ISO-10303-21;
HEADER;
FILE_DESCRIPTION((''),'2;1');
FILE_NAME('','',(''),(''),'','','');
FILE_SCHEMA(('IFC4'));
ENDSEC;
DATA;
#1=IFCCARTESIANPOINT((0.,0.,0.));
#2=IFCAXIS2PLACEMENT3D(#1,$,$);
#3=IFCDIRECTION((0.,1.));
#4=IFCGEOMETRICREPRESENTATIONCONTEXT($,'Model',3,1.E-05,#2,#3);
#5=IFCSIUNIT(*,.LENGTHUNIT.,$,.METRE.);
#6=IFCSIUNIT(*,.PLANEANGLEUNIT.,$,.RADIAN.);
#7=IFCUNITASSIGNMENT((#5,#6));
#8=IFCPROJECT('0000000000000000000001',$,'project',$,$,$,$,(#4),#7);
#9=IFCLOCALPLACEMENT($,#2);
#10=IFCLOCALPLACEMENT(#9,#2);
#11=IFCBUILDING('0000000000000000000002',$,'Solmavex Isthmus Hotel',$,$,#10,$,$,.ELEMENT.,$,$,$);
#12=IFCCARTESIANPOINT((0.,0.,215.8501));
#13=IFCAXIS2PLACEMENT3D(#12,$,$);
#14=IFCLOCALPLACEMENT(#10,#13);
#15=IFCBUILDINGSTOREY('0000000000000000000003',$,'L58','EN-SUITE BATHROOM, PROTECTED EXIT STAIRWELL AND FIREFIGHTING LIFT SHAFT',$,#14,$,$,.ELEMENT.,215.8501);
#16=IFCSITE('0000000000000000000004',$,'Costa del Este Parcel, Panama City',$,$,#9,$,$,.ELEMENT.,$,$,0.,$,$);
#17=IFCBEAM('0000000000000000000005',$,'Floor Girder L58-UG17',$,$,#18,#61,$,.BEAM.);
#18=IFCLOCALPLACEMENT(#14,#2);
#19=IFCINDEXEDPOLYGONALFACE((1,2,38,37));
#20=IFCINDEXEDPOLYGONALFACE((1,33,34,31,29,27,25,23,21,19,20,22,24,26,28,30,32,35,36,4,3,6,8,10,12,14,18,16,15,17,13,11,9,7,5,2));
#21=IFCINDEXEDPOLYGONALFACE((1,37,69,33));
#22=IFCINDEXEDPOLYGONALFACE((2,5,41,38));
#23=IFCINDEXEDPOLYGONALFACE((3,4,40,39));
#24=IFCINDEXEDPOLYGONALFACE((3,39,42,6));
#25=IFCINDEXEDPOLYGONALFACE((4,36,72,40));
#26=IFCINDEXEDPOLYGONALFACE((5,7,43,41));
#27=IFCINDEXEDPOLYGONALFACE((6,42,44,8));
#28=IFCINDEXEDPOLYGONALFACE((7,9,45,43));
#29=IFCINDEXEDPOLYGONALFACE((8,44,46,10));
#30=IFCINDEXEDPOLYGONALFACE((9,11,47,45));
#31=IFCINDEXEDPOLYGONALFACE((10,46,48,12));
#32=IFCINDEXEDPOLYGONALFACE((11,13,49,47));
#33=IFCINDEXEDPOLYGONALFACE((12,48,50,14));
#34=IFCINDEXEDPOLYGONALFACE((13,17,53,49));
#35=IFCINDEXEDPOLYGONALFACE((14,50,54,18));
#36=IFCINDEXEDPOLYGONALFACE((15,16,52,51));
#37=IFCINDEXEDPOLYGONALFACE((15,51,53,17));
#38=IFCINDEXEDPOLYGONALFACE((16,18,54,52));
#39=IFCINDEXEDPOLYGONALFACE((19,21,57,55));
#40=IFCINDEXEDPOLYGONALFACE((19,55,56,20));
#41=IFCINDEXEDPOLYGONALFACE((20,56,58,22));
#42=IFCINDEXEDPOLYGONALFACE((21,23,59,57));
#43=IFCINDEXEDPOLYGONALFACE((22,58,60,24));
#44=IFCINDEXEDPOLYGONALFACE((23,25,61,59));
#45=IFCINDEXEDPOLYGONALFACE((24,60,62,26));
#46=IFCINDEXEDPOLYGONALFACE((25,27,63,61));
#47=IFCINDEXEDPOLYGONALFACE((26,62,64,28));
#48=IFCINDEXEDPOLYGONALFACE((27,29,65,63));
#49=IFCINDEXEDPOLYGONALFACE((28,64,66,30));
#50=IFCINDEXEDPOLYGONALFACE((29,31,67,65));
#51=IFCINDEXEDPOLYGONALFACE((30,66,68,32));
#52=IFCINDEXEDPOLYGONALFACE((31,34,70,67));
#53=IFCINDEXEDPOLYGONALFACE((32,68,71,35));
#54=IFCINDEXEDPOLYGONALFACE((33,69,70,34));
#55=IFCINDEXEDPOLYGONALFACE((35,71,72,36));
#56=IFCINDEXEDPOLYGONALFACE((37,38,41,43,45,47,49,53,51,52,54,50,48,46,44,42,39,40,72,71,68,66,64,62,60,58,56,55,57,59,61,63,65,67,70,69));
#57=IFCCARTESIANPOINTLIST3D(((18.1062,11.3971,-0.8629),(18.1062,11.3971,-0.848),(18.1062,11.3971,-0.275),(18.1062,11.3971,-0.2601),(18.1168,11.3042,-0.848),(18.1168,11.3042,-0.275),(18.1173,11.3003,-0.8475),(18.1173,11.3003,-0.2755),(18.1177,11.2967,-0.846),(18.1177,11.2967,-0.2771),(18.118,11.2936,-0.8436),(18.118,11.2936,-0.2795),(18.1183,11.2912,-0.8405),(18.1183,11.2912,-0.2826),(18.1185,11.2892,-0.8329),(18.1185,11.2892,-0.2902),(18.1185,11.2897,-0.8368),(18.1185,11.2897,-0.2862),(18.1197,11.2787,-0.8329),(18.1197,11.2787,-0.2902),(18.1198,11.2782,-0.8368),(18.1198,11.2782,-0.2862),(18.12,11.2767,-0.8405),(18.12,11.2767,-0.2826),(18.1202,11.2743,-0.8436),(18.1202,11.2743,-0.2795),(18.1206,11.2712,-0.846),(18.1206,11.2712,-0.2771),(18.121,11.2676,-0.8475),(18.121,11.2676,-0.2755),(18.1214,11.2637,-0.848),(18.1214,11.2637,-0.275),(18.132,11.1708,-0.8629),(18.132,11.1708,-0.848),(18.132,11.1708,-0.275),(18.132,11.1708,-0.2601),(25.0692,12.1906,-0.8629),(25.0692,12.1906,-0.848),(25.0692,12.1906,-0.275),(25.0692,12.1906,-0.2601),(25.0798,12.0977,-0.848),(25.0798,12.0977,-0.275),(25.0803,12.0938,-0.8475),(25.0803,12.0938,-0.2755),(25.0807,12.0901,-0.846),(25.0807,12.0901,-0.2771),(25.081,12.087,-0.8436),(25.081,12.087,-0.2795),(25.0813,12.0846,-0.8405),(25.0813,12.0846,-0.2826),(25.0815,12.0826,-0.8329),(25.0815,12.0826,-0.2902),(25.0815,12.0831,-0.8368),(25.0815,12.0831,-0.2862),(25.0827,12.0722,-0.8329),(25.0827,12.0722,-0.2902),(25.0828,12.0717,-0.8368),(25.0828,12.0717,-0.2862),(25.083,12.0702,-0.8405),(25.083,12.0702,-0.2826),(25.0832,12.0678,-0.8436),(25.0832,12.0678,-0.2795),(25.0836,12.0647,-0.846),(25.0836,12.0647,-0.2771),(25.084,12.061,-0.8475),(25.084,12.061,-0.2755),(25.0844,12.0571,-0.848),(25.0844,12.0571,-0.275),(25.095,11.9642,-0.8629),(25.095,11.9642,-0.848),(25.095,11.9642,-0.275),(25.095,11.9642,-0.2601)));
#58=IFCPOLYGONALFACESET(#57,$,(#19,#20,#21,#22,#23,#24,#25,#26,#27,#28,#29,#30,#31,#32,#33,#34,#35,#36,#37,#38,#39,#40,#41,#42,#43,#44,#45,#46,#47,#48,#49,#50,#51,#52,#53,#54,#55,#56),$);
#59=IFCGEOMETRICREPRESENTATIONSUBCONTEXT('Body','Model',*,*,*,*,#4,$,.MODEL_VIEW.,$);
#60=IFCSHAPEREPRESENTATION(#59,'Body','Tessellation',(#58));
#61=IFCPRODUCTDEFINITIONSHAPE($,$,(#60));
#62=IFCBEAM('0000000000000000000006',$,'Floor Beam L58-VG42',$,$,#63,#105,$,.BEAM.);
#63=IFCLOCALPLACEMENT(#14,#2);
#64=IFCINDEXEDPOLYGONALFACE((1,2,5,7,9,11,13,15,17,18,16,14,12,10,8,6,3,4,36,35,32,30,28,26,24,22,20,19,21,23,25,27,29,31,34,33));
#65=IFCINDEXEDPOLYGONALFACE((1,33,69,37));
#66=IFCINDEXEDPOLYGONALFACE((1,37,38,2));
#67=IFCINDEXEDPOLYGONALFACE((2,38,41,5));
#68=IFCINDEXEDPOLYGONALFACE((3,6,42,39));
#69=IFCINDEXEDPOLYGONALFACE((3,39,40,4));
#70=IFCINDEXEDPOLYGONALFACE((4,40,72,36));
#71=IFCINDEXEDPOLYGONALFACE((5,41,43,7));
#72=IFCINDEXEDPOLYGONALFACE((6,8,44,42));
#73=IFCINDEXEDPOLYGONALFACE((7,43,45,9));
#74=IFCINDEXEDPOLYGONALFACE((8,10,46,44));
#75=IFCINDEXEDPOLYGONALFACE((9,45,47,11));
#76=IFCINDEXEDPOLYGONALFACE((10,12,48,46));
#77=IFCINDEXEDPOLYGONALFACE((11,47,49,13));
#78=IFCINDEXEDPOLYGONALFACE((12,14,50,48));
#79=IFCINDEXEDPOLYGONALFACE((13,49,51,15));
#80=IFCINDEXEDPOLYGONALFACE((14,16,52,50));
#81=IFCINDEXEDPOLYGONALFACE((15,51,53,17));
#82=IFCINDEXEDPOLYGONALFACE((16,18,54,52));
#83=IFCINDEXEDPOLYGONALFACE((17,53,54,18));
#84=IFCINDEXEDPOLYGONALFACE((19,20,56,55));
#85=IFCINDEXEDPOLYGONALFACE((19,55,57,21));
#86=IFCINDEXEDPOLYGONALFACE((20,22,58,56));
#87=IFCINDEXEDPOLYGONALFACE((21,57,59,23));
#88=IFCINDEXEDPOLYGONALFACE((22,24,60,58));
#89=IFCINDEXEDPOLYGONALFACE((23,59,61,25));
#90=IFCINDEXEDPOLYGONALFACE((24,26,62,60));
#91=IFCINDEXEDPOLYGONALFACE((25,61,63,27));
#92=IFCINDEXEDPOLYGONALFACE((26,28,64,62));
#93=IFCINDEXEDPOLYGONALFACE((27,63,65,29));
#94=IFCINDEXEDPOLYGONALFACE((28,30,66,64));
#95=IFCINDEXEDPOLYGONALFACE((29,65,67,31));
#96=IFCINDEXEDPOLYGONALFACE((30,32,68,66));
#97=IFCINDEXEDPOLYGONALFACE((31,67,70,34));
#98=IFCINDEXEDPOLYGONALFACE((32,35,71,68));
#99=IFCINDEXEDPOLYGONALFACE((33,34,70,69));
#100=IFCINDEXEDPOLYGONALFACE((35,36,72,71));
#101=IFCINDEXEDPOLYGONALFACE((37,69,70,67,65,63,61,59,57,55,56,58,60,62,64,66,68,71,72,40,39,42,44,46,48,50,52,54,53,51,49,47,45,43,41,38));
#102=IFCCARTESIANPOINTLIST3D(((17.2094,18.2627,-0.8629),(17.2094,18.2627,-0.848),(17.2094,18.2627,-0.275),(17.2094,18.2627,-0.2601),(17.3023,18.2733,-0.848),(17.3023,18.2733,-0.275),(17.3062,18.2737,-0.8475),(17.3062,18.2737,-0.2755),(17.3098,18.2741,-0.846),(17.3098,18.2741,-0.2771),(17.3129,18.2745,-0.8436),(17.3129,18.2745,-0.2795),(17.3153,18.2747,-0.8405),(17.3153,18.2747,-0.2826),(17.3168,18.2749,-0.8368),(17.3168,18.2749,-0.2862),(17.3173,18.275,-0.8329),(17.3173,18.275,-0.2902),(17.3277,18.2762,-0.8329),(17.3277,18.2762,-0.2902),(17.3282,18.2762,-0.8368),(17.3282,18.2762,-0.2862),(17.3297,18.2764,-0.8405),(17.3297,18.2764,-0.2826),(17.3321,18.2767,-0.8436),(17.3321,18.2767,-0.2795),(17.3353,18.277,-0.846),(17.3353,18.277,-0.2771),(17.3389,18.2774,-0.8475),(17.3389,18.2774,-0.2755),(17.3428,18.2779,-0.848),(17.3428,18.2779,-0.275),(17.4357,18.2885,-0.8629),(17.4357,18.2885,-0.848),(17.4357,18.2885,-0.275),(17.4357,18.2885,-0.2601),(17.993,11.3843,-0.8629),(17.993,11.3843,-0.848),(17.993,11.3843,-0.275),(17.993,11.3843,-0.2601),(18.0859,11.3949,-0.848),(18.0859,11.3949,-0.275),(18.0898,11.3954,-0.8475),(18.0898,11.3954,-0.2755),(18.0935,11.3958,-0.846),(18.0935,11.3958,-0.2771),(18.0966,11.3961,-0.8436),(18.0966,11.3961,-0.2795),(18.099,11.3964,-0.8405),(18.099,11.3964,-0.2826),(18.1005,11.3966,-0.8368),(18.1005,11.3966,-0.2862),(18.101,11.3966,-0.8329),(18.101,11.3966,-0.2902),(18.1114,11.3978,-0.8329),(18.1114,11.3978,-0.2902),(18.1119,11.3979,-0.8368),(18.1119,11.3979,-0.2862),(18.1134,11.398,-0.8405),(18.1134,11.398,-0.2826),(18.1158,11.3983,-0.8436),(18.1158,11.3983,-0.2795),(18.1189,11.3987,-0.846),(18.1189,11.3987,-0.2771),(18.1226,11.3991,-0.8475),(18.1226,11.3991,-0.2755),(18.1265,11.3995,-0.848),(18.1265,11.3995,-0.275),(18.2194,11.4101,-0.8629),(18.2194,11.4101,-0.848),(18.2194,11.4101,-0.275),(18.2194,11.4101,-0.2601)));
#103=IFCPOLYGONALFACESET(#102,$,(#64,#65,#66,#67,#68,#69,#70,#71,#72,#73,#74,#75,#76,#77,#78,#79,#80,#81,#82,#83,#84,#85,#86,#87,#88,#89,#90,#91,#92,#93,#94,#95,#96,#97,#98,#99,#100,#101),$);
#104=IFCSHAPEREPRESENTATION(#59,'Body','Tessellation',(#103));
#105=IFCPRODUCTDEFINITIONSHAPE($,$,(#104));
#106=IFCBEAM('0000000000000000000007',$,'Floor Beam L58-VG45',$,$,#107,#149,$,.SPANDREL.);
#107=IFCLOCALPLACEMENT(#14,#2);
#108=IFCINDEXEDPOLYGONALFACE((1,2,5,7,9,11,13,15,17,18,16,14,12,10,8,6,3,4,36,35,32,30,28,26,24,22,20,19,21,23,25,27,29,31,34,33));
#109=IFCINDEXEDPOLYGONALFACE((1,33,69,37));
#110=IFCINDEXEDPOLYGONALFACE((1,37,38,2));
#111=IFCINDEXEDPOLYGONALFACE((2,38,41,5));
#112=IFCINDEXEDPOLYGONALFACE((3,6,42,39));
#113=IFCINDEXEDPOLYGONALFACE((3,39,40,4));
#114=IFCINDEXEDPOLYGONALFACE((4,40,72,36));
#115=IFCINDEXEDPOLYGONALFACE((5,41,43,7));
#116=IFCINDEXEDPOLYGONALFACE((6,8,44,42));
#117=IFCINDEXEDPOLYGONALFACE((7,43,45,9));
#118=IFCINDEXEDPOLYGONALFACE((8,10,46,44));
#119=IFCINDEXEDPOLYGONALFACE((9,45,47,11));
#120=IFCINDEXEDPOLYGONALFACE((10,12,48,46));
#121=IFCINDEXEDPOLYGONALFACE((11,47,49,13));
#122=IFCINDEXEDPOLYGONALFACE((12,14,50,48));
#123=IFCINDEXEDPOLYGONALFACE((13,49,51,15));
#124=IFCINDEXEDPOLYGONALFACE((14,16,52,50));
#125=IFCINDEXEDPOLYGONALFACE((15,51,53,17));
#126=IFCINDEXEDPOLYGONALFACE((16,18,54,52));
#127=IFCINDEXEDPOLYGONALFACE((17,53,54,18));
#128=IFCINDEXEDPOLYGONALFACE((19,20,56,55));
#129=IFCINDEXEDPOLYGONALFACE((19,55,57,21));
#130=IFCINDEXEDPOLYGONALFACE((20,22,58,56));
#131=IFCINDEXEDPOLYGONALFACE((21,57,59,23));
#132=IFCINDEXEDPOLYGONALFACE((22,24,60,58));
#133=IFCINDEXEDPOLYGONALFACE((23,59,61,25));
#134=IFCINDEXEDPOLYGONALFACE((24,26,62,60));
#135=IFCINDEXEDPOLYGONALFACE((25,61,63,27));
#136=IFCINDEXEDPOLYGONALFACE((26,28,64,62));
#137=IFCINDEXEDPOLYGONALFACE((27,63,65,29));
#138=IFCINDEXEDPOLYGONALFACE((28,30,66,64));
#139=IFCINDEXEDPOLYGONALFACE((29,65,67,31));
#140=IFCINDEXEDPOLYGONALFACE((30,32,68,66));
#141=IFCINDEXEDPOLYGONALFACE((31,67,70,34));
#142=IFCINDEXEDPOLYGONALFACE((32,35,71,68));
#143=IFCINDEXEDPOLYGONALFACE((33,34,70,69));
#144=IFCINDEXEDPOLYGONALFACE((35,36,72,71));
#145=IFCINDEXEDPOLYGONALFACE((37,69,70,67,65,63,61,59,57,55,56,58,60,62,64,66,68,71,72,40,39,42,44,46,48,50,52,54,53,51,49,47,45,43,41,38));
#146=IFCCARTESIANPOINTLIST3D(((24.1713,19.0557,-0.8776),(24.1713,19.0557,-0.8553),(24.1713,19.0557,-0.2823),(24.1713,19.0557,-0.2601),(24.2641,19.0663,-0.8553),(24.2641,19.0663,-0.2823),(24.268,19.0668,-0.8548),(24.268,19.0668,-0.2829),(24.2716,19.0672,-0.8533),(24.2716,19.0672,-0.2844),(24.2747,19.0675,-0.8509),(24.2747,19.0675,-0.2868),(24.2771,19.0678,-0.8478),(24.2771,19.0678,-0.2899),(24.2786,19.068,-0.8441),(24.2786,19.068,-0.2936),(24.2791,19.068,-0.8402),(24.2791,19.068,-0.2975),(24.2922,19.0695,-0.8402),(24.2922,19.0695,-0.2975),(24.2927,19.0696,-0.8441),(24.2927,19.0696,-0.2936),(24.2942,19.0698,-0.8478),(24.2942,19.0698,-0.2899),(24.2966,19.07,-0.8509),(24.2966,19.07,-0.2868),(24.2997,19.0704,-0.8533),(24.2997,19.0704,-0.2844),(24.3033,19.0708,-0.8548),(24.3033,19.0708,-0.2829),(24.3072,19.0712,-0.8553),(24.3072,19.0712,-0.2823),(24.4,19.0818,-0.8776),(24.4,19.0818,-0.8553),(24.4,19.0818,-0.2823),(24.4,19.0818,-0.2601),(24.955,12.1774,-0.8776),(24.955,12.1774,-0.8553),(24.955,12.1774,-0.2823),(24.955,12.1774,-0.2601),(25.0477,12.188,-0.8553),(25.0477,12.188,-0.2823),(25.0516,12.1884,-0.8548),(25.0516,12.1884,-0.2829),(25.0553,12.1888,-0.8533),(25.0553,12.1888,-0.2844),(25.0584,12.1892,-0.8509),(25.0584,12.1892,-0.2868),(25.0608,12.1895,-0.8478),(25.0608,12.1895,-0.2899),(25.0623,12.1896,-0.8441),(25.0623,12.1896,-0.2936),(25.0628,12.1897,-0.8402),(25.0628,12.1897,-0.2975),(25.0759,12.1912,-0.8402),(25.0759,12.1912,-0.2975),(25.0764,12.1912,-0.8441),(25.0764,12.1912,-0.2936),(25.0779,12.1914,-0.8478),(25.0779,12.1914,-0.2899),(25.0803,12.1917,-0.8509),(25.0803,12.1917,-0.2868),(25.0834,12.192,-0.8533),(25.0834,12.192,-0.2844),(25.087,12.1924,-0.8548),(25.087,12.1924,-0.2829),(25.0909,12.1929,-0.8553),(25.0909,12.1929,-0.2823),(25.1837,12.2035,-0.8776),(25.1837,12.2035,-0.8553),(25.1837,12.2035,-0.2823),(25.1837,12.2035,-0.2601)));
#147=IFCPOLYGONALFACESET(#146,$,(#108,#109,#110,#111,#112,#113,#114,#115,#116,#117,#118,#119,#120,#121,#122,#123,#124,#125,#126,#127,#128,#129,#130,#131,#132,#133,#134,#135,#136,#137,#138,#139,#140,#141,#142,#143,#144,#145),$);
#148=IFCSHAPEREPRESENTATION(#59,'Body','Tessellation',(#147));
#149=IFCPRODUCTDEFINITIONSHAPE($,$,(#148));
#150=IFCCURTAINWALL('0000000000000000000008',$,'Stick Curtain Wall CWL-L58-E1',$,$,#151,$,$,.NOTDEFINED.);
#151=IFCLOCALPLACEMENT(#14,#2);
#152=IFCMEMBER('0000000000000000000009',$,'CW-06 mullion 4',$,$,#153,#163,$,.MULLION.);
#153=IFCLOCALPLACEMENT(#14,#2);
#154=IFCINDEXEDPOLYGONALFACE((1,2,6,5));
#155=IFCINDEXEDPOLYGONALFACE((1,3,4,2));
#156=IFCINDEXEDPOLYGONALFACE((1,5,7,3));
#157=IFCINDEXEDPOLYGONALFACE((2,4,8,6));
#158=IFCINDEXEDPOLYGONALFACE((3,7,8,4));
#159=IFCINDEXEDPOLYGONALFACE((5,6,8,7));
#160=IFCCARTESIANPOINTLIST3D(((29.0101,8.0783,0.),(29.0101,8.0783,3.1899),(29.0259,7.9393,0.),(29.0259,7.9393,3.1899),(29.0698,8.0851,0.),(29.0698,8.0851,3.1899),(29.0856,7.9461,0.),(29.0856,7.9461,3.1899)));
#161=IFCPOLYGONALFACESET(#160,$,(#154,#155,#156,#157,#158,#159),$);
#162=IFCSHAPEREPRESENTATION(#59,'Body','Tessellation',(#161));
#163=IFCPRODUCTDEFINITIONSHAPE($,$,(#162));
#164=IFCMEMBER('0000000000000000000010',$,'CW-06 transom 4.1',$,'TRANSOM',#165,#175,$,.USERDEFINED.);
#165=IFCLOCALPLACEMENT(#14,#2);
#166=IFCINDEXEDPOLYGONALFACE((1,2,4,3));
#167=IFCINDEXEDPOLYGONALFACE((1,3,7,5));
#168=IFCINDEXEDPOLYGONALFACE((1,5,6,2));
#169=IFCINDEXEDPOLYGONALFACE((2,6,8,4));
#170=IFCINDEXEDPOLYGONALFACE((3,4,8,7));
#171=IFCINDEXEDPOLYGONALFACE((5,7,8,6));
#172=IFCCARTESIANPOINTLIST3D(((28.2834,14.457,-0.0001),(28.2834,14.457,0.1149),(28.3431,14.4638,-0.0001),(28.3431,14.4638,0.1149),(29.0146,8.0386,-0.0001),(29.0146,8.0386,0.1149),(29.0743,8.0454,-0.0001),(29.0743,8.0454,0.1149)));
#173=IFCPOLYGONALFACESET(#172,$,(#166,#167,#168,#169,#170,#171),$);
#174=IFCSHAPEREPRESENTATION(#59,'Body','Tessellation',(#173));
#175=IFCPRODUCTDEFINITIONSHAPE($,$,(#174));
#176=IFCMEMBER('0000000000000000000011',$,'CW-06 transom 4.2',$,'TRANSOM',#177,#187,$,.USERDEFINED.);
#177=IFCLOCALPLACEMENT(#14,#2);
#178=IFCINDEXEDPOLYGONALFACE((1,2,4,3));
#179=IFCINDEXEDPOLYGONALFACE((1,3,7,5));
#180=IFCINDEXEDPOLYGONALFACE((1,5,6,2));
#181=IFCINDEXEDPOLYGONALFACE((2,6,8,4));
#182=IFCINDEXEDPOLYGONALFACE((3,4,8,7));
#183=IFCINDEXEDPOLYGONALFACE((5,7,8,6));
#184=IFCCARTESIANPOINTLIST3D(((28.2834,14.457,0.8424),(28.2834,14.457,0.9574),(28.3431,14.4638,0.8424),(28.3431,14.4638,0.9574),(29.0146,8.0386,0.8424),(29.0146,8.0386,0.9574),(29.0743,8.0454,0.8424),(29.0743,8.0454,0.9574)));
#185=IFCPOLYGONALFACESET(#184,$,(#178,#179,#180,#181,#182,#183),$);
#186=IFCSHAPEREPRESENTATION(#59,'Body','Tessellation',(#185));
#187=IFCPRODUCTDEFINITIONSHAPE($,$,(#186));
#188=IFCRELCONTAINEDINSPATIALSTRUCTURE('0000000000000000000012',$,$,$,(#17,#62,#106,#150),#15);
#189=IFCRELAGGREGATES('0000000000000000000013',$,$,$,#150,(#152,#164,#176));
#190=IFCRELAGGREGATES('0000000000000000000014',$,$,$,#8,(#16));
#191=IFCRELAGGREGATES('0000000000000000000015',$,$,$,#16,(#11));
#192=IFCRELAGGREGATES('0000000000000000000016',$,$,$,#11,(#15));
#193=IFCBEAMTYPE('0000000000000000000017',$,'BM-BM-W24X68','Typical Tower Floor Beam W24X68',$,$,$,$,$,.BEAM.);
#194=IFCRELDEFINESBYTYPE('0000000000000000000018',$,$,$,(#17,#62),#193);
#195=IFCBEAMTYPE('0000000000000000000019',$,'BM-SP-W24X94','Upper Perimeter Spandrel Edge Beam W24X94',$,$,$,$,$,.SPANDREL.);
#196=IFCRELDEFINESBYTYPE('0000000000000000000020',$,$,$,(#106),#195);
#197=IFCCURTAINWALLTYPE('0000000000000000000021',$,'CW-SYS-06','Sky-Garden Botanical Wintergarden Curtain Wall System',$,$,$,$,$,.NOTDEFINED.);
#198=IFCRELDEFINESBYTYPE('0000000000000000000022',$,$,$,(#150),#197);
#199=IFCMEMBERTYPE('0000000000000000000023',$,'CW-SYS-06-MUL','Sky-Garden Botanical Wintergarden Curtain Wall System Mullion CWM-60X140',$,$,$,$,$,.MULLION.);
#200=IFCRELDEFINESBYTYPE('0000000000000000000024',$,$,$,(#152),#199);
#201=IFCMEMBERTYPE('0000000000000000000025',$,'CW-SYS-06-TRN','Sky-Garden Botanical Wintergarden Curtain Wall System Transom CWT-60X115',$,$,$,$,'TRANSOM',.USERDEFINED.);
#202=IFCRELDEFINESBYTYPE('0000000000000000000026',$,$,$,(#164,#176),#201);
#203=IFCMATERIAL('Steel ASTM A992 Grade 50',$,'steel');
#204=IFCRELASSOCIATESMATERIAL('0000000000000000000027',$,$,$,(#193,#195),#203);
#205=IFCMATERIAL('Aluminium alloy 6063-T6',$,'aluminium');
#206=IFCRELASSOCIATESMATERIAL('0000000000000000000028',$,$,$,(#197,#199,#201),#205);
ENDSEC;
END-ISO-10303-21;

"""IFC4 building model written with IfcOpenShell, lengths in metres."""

from ifc_helpers import new_model, si_unit, direction, frame, origin, origin_2d, place, context, subcontext, project, spatial, rectangle, i_section, extrude, material, material_profile, profile_set, type_object, element, aggregate, save


model = new_model("IFC4")

# Units and contexts
model_context = context("Model", 3, precision=1e-05, world=origin(), true_north=direction((0.0, 1.0)))
body_context = subcontext(model_context, "Body", "Model", "MODEL_VIEW")
ifc_project = project(units=[si_unit("LENGTHUNIT", "METRE"), si_unit("PLANEANGLEUNIT", "RADIAN")], contexts=[model_context])

# Site, building, storey
site_placement = place(None, origin())
site = spatial("IfcSite", under=ifc_project, at=site_placement, Name="Costa del Este Parcel, Panama City", CompositionType="ELEMENT", RefElevation=0.0)
building_placement = place(site_placement, origin())
building = spatial("IfcBuilding", under=site, at=building_placement, Name="Solmavex Isthmus Hotel", CompositionType="ELEMENT")
storey_placement = place(building_placement, frame((0.0, 0.0, 215.8501)))
storey = spatial("IfcBuildingStorey", under=building, at=storey_placement, Name="L58", Description="EN-SUITE BATHROOM, PROTECTED EXIT STAIRWELL AND FIREFIGHTING LIFT SHAFT", CompositionType="ELEMENT", Elevation=215.8501)

# Beams
ifc_material_1 = material(Name="Steel ASTM A992 Grade 50", Category="steel")
ifc_material_profile_1 = material_profile(ifc_material_1, i_section(OverallWidth=0.2278, OverallDepth=0.6028, WebThickness=0.0105, FlangeThickness=0.0149, FilletRadius=0.0151, at=origin_2d()), Name="W24X68")
ifc_profile_set_1 = profile_set([ifc_material_profile_1], Name="Steel ASTM A992 Grade 50")
beam_type_1 = type_object("IfcBeamType", Name="BM-BM-W24X68", Description="Typical Tower Floor Beam W24X68", PredefinedType="BEAM", material=ifc_profile_set_1)
beam_1_placement = place(storey_placement, frame((18.1191, 11.2839, -0.5615), z_axis=(0.99357, 0.113222, 0.0), x_axis=(-0.113222, 0.99357, 0.0)))
element("IfcBeam", 1, at=beam_1_placement, inside=storey, type_object=beam_type_1, Name="Floor Girder L58-UG17", PredefinedType="BEAM", context=body_context, shape_type="SweptSolid", body=[
    extrude(i_section(OverallWidth=0.2278, OverallDepth=0.6028, WebThickness=0.0105, FlangeThickness=0.0149, FilletRadius=0.0151, at=origin_2d()), origin(), (0.0, 0.0, 1.0), 7.0081),
])
beam_2_placement = place(storey_placement, frame((18.1062, 11.3972, -0.5615), z_axis=(-0.113202, 0.993572, 0.0), x_axis=(-0.993572, -0.113202, 0.0)))
element("IfcBeam", 2, at=beam_2_placement, inside=storey, type_object=beam_type_1, Name="Floor Beam L58-VG42", PredefinedType="BEAM", context=body_context, shape_type="SweptSolid", body=[
    extrude(i_section(OverallWidth=0.2278, OverallDepth=0.6028, WebThickness=0.0105, FlangeThickness=0.0149, FilletRadius=0.0151, at=origin_2d()), origin(), (0.0, 0.0, 1.0), 6.9229),
])
ifc_material_profile_2 = material_profile(ifc_material_1, i_section(OverallWidth=0.2302, OverallDepth=0.6174, WebThickness=0.0132, FlangeThickness=0.0222, FilletRadius=0.0151, at=origin_2d()), Name="W24X94")
ifc_profile_set_2 = profile_set([ifc_material_profile_2], Name="Steel ASTM A992 Grade 50")
beam_type_2 = type_object("IfcBeamType", Name="BM-SP-W24X94", Description="Upper Perimeter Spandrel Edge Beam W24X94", PredefinedType="SPANDREL", material=ifc_profile_set_2)
beam_3_placement = place(storey_placement, frame((25.0693, 12.1904, -0.5688), z_axis=(-0.113202, 0.993572, 0.0), x_axis=(-0.993572, -0.113202, 0.0)))
element("IfcBeam", 3, at=beam_3_placement, inside=storey, type_object=beam_type_2, Name="Floor Beam L58-VG45", PredefinedType="SPANDREL", context=body_context, shape_type="SweptSolid", body=[
    extrude(i_section(OverallWidth=0.2302, OverallDepth=0.6174, WebThickness=0.0132, FlangeThickness=0.0222, FilletRadius=0.0151, at=origin_2d()), origin(), (0.0, 0.0, 1.0), 6.9229),
])

# Curtain wall, members
ifc_material_2 = material(Name="Aluminium alloy 6063-T6", Category="aluminium")
curtain_wall_type = type_object("IfcCurtainWallType", Name="CW-SYS-06", Description="Sky-Garden Botanical Wintergarden Curtain Wall System", PredefinedType="NOTDEFINED", material=ifc_material_2)
curtain_wall_placement = place(storey_placement, origin())
curtain_wall = element("IfcCurtainWall", 4, at=curtain_wall_placement, inside=storey, type_object=curtain_wall_type, Name="Stick Curtain Wall CWL-L58-E1", PredefinedType="NOTDEFINED")
ifc_material_profile_3 = material_profile(ifc_material_2, rectangle(XDim=0.0601, YDim=0.1399, at=origin_2d()), Name="CWM-60X140")
ifc_profile_set_3 = profile_set([ifc_material_profile_3], Name="Aluminium alloy 6063-T6")
member_type_1 = type_object("IfcMemberType", Name="CW-SYS-06-MUL", Description="Sky-Garden Botanical Wintergarden Curtain Wall System Mullion CWM-60X140", PredefinedType="MULLION", material=ifc_profile_set_3)
member_1_placement = place(storey_placement, frame((29.0479, 8.0122, 0.0), z_axis=(0.0, 0.0, 1.0), x_axis=(-0.993572, -0.113203, 0.0)))
member_1 = element("IfcMember", 5, at=member_1_placement, type_object=member_type_1, Name="CW-06 mullion 4", PredefinedType="MULLION", context=body_context, shape_type="SweptSolid", body=[
    extrude(rectangle(XDim=0.0601, YDim=0.1399, at=origin_2d()), origin(), (0.0, 0.0, 1.0), 3.1899),
])
ifc_material_profile_4 = material_profile(ifc_material_2, rectangle(XDim=0.0601, YDim=0.115, at=origin_2d()), Name="CWT-60X115")
ifc_profile_set_4 = profile_set([ifc_material_profile_4], Name="Aluminium alloy 6063-T6")
member_type_2 = type_object("IfcMemberType", Name="CW-SYS-06-TRN", Description="Sky-Garden Botanical Wintergarden Curtain Wall System Transom CWT-60X115", ElementType="TRANSOM", PredefinedType="USERDEFINED", material=ifc_profile_set_4)
member_2_placement = place(storey_placement, frame((29.0444, 8.042, 0.0574), z_axis=(-0.11319, 0.993573, 0.0), x_axis=(-0.993573, -0.11319, 0.0)))
member_2 = element("IfcMember", 6, at=member_2_placement, type_object=member_type_2, Name="CW-06 transom 4.1", ObjectType="TRANSOM", PredefinedType="USERDEFINED", context=body_context, shape_type="SweptSolid", body=[
    extrude(rectangle(XDim=0.0601, YDim=0.115, at=origin_2d()), origin(), (0.0, 0.0, 1.0), 6.46),
])
member_3_placement = place(storey_placement, frame((29.0444, 8.042, 0.8999), z_axis=(-0.11319, 0.993573, 0.0), x_axis=(-0.993573, -0.11319, 0.0)))
member_3 = element("IfcMember", 7, at=member_3_placement, type_object=member_type_2, Name="CW-06 transom 4.2", ObjectType="TRANSOM", PredefinedType="USERDEFINED", context=body_context, shape_type="SweptSolid", body=[
    extrude(rectangle(XDim=0.0601, YDim=0.115, at=origin_2d()), origin(), (0.0, 0.0, 1.0), 6.46),
])
aggregate(curtain_wall, [member_1, member_2, member_3])

save(model, "model.ifc")
